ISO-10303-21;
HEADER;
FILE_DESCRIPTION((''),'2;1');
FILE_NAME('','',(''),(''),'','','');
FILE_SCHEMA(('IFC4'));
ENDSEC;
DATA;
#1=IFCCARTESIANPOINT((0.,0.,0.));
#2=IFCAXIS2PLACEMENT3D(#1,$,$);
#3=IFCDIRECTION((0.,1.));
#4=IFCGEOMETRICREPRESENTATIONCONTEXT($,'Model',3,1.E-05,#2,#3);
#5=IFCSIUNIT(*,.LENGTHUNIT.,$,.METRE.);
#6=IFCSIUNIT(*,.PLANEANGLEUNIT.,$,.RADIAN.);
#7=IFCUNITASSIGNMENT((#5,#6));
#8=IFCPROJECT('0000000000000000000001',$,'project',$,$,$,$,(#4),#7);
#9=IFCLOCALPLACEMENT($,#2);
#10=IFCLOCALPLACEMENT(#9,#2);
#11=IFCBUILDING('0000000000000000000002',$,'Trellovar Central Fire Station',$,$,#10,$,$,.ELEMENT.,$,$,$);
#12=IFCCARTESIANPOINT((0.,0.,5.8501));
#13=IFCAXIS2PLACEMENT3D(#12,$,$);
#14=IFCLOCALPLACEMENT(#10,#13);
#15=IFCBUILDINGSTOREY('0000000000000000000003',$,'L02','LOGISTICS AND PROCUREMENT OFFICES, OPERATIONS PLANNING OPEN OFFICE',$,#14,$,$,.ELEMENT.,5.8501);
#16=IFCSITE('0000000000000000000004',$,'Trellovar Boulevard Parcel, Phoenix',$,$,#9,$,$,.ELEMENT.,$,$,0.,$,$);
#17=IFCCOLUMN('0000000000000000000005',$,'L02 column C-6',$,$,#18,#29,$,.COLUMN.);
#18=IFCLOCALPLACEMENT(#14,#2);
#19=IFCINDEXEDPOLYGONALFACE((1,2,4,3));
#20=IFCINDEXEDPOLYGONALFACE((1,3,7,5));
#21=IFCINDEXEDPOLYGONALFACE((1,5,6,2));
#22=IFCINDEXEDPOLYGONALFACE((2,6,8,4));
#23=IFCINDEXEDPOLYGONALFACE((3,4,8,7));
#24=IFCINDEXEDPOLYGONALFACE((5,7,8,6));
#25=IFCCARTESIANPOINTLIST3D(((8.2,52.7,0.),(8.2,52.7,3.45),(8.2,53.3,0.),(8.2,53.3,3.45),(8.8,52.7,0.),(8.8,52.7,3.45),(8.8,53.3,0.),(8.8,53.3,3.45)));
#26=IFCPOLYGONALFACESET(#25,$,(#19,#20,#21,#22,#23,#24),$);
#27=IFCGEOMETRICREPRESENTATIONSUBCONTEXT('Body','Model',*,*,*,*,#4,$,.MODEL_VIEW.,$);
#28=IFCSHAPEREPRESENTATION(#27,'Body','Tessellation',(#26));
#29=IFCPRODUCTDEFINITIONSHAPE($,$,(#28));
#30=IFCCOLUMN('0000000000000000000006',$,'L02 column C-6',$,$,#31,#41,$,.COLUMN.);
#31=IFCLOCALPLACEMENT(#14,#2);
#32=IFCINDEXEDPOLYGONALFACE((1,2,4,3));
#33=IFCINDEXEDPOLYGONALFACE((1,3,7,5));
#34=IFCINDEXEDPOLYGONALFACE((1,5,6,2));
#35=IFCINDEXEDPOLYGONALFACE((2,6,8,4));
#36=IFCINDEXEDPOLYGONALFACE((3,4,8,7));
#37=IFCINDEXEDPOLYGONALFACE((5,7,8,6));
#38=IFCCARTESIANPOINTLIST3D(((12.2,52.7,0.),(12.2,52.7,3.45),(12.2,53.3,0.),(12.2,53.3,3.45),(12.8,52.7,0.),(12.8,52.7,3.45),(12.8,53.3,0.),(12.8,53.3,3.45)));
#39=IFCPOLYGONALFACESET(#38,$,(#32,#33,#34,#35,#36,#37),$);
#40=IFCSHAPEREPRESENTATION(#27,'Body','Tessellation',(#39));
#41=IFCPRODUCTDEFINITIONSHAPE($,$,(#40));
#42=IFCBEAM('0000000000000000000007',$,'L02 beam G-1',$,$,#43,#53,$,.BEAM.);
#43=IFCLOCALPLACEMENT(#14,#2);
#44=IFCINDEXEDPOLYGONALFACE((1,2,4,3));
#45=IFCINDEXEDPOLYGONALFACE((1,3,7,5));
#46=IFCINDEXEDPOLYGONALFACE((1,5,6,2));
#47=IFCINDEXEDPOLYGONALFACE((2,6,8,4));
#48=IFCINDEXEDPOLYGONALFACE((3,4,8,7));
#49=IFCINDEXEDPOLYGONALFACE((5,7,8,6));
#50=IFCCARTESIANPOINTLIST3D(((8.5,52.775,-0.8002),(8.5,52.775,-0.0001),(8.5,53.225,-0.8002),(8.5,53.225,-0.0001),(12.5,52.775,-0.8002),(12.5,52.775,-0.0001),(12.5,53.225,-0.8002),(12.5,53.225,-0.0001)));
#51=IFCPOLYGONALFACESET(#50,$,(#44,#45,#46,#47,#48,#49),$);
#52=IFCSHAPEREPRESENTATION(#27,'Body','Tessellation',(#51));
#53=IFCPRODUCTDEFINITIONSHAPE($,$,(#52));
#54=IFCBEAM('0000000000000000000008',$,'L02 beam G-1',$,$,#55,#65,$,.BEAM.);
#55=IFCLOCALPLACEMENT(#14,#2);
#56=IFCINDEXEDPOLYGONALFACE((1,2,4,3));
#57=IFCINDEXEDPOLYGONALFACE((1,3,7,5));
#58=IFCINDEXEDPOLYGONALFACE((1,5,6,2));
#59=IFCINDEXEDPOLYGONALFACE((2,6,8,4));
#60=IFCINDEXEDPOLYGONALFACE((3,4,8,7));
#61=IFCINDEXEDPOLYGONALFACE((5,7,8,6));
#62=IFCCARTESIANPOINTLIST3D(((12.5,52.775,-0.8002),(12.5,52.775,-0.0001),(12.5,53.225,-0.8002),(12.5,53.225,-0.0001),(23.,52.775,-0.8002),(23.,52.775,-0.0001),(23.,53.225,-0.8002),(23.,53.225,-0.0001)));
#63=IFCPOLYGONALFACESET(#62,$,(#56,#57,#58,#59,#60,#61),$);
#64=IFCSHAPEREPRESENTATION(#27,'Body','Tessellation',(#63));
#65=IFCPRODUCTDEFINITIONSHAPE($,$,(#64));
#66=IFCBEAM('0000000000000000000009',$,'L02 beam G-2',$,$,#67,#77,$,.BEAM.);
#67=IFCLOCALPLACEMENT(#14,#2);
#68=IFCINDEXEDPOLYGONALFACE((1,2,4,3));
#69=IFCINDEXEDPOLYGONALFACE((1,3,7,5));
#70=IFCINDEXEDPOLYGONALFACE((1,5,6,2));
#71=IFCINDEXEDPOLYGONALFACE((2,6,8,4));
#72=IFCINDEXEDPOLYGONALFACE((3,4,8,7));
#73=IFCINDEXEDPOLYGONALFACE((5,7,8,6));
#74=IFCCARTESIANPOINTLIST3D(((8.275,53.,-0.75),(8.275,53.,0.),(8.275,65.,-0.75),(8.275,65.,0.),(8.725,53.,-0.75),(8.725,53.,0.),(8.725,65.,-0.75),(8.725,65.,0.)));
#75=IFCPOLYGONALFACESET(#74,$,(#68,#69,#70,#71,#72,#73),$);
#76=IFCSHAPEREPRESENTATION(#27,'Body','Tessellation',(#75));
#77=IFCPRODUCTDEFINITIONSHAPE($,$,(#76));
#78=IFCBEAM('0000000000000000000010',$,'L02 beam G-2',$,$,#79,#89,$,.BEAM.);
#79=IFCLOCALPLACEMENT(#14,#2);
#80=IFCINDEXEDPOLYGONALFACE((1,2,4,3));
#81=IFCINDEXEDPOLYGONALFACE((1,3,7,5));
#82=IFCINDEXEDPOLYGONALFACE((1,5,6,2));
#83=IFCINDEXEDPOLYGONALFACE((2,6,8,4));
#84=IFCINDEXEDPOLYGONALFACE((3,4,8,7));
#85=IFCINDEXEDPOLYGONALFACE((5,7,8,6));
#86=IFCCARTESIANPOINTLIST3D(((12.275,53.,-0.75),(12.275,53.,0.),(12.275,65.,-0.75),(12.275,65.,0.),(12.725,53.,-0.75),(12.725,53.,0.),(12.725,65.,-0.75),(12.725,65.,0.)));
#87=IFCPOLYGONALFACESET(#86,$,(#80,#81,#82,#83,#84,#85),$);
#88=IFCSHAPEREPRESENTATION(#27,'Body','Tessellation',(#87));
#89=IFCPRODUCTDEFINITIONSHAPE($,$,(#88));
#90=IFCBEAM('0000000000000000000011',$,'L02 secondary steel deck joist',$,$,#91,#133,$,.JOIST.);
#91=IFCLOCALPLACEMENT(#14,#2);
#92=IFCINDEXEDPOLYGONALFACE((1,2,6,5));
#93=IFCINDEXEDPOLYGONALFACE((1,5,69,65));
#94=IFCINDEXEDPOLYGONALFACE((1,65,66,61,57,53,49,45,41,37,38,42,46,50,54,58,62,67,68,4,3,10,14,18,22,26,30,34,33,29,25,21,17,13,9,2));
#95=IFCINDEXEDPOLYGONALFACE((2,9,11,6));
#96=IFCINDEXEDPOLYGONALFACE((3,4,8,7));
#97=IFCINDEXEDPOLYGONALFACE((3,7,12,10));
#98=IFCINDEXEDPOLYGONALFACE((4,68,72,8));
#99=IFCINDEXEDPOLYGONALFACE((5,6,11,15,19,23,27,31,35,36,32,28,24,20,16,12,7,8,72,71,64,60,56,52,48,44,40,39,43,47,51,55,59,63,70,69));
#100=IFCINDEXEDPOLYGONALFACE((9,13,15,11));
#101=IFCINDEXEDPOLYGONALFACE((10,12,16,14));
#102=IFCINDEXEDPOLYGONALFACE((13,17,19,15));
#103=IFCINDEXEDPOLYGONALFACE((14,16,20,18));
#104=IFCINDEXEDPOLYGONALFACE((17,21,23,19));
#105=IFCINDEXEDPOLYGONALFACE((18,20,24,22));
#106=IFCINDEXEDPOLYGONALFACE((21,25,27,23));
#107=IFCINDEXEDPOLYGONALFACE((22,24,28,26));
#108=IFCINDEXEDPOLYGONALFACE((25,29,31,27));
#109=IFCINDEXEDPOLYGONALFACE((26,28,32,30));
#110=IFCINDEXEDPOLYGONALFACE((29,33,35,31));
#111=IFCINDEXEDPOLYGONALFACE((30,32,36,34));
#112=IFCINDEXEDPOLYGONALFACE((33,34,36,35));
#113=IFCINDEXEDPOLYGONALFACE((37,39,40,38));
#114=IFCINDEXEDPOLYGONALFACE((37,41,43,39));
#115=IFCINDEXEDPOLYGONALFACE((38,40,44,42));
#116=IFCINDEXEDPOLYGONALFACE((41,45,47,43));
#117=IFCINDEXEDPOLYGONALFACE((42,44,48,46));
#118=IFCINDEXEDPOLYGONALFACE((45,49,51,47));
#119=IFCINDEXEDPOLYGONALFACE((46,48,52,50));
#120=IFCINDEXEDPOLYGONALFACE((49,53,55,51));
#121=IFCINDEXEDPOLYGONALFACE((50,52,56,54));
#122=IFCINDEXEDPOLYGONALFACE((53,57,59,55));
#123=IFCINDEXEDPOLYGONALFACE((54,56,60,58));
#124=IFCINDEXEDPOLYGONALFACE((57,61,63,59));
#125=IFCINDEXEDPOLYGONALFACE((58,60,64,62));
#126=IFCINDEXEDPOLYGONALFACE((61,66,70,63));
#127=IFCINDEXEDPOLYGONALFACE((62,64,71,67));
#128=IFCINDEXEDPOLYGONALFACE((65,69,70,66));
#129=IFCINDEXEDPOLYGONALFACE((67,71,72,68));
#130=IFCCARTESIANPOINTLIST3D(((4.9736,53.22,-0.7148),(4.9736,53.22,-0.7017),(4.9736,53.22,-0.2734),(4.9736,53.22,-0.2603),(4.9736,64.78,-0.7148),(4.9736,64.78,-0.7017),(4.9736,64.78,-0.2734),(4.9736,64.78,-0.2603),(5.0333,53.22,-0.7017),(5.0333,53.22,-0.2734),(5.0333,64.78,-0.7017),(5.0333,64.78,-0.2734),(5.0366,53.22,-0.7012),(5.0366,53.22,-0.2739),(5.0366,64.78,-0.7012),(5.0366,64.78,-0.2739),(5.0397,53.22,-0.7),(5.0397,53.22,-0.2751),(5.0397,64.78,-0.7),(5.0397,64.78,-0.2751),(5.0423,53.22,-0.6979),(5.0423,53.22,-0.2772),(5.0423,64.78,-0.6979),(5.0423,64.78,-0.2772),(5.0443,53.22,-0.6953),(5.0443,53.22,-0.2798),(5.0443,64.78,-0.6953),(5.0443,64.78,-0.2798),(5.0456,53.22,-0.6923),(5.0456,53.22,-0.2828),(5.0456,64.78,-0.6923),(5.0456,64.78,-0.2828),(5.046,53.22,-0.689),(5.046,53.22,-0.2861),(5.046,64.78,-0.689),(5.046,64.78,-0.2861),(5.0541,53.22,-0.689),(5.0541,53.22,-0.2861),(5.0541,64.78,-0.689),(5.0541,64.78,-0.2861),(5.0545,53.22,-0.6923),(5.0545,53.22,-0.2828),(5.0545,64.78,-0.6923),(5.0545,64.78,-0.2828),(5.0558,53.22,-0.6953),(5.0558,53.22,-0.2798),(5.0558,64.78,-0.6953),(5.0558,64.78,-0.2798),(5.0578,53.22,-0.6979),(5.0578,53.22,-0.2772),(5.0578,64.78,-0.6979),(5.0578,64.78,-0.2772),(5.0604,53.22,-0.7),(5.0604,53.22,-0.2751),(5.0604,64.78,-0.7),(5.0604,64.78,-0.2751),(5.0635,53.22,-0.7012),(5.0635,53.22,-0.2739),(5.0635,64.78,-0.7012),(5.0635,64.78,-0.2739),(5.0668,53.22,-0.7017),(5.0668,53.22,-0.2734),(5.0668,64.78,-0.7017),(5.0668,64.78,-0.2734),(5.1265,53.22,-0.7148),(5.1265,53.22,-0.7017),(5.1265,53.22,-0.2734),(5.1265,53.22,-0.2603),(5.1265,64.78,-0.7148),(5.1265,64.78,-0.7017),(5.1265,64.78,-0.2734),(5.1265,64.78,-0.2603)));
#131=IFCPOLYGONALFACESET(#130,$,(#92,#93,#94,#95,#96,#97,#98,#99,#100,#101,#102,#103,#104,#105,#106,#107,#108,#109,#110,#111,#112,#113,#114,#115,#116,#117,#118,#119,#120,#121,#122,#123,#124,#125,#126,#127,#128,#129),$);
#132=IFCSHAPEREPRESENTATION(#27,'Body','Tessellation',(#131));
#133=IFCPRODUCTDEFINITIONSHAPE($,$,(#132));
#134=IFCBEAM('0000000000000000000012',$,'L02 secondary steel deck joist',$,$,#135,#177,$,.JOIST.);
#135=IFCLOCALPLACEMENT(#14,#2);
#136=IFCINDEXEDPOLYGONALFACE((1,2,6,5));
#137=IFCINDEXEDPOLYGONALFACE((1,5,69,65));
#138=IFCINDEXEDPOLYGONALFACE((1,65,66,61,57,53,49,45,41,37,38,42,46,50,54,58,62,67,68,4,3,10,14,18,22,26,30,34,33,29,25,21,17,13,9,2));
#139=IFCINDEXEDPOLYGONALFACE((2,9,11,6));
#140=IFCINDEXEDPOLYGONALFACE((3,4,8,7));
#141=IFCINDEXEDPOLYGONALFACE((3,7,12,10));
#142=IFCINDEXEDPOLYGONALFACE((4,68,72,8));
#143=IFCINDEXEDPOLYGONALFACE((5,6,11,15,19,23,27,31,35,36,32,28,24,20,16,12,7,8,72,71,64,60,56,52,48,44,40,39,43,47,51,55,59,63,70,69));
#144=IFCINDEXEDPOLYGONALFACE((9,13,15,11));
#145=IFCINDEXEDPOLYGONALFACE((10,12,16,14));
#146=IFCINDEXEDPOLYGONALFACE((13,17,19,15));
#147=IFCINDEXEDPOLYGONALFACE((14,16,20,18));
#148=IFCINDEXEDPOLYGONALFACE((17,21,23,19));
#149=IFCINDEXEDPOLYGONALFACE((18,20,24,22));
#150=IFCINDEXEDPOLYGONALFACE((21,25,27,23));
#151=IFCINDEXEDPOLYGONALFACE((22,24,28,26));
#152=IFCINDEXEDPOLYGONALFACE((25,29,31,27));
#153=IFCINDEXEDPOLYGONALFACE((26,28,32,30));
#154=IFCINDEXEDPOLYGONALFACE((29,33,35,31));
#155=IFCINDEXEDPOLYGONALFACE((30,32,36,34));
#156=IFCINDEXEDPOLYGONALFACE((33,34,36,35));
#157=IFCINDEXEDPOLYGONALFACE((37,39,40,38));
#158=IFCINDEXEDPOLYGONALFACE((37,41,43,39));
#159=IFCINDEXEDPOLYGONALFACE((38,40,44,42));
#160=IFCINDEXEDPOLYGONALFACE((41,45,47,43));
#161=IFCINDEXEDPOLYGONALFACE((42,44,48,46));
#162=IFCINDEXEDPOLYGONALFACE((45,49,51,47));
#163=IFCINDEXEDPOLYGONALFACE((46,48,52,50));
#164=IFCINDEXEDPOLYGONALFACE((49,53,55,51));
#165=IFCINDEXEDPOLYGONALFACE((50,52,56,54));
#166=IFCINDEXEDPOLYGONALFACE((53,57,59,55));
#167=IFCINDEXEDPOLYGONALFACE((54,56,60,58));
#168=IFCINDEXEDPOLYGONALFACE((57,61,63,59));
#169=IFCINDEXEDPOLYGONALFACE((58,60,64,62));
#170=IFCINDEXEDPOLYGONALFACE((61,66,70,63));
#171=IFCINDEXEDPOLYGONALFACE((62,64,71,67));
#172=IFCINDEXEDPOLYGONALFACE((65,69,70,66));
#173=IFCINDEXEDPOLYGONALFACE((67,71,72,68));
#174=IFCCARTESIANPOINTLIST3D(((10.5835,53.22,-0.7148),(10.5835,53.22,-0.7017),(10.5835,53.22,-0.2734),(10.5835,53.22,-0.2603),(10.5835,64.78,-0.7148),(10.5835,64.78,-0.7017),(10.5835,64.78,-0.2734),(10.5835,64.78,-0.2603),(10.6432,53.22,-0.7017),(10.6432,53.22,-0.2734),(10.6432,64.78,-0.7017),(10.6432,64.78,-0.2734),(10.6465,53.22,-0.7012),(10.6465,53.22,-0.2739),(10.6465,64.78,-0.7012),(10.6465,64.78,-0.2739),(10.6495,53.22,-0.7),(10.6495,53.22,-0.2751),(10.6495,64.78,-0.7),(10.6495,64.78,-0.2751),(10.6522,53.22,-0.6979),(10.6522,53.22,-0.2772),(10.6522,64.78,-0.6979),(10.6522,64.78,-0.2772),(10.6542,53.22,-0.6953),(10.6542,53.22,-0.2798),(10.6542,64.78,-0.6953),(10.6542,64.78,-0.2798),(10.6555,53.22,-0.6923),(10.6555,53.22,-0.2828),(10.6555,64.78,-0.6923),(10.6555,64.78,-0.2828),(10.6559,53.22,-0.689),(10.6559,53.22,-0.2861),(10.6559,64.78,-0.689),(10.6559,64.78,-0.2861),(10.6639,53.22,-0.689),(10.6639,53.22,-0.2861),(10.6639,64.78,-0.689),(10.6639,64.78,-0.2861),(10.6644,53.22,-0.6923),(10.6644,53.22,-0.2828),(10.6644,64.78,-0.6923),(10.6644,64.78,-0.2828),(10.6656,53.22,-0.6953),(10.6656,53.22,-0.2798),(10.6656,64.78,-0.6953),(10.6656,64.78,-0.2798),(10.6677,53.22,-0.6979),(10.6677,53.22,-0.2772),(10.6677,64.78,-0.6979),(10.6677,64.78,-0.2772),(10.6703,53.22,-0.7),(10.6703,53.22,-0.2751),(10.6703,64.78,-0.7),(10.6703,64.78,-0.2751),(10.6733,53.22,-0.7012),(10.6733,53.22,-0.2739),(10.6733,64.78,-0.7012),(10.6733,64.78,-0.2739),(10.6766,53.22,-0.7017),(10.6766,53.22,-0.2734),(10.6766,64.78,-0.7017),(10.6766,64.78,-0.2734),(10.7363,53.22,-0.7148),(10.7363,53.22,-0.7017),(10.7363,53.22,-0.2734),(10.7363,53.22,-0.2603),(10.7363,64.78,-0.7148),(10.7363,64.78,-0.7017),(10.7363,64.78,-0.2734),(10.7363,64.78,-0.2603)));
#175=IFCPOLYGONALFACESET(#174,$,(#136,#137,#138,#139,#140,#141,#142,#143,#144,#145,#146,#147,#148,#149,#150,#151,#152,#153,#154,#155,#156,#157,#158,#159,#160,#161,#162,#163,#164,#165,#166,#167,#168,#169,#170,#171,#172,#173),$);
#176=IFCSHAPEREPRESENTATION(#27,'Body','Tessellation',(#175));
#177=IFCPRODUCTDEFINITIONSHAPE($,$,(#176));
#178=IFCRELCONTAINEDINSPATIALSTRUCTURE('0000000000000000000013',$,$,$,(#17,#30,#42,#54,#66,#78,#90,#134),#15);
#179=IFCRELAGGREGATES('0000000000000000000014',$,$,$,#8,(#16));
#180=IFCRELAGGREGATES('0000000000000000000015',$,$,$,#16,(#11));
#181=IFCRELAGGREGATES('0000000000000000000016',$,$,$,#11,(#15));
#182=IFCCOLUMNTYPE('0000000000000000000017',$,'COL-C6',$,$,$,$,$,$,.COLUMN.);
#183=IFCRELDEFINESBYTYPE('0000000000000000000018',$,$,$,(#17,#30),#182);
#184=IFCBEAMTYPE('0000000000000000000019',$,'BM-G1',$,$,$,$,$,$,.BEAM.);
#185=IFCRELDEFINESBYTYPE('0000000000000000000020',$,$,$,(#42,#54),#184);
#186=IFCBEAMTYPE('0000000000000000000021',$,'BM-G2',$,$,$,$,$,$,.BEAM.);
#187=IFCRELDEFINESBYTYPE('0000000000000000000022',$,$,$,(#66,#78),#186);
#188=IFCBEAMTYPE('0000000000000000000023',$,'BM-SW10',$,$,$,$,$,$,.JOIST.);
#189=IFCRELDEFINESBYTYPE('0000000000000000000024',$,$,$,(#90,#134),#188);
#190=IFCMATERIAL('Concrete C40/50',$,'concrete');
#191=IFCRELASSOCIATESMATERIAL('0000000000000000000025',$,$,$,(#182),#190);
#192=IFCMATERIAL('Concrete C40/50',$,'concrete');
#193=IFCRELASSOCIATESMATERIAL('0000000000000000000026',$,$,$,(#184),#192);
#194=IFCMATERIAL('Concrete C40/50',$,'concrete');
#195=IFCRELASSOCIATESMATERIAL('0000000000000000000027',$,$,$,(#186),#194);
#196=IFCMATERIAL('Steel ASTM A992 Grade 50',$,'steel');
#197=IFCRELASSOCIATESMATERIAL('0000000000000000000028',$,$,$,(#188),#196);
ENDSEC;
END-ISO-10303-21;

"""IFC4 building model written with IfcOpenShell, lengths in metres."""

from ifc_helpers import new_model, si_unit, direction, frame, origin, origin_2d, place, context, subcontext, project, spatial, rectangle, i_section, extrude, material, material_profile, profile_set, type_object, element, save


model = new_model("IFC4")

# Units and contexts
model_context = context("Model", 3, precision=1e-05, world=origin(), true_north=direction((0.0, 1.0)))
body_context = subcontext(model_context, "Body", "Model", "MODEL_VIEW")
ifc_project = project(units=[si_unit("LENGTHUNIT", "METRE"), si_unit("PLANEANGLEUNIT", "RADIAN")], contexts=[model_context])

# Site, building, storey
site_placement = place(None, origin())
site = spatial("IfcSite", under=ifc_project, at=site_placement, Name="Trellovar Boulevard Parcel, Phoenix", CompositionType="ELEMENT", RefElevation=0.0)
building_placement = place(site_placement, origin())
building = spatial("IfcBuilding", under=site, at=building_placement, Name="Trellovar Central Fire Station", CompositionType="ELEMENT")
storey_placement = place(building_placement, frame((0.0, 0.0, 5.8501)))
storey = spatial("IfcBuildingStorey", under=building, at=storey_placement, Name="L02", Description="LOGISTICS AND PROCUREMENT OFFICES, OPERATIONS PLANNING OPEN OFFICE", CompositionType="ELEMENT", Elevation=5.8501)

# Columns
ifc_material_1 = material(Name="Concrete C40/50", Category="concrete")
ifc_material_profile_1 = material_profile(ifc_material_1, rectangle(XDim=0.6001, YDim=0.6001, at=origin_2d()), Name="RC600X600")
ifc_profile_set_1 = profile_set([ifc_material_profile_1], Name="Concrete C40/50")
column_type = type_object("IfcColumnType", Name="COL-C6", PredefinedType="COLUMN", material=ifc_profile_set_1)
for number, where, z_axis, x_axis, name in (
    (1, (8.5, 53.0, 0.0), (0.0, 0.0, 1.0), (1.0, 0.0, 0.0), "L02 column C-6"),
    (2, (12.5, 53.0, 0.0), (0.0, 0.0, 1.0), (1.0, 0.0, 0.0), "L02 column C-6"),
):
    element("IfcColumn", number, at=place(storey_placement, frame(where, z_axis=z_axis, x_axis=x_axis)), inside=storey, type_object=column_type, Name=name, PredefinedType="COLUMN", context=body_context, shape_type="SweptSolid", body=[
        extrude(rectangle(XDim=0.6001, YDim=0.6001, at=origin_2d()), origin(), (0.0, 0.0, 1.0), 3.45),
    ])

# Beams
ifc_material_2 = material(Name="Concrete C40/50", Category="concrete")
ifc_material_profile_2 = material_profile(ifc_material_2, rectangle(XDim=0.45, YDim=0.8, at=origin_2d()), Name="RC450X800")
ifc_profile_set_2 = profile_set([ifc_material_profile_2], Name="Concrete C40/50")
beam_type_1 = type_object("IfcBeamType", Name="BM-G1", PredefinedType="BEAM", material=ifc_profile_set_2)
beam_1_placement = place(storey_placement, frame((8.5, 53.0, -0.4001), z_axis=(1.0, 0.0, 0.0), x_axis=(0.0, 1.0, 0.0)))
element("IfcBeam", 3, at=beam_1_placement, inside=storey, type_object=beam_type_1, Name="L02 beam G-1", PredefinedType="BEAM", context=body_context, shape_type="SweptSolid", body=[
    extrude(rectangle(XDim=0.45, YDim=0.8, at=origin_2d()), origin(), (0.0, 0.0, 1.0), 4.0),
])
beam_2_placement = place(storey_placement, frame((12.5, 53.0, -0.4001), z_axis=(1.0, 0.0, 0.0), x_axis=(0.0, 1.0, 0.0)))
element("IfcBeam", 4, at=beam_2_placement, inside=storey, type_object=beam_type_1, Name="L02 beam G-1", PredefinedType="BEAM", context=body_context, shape_type="SweptSolid", body=[
    extrude(rectangle(XDim=0.45, YDim=0.8, at=origin_2d()), origin(), (0.0, 0.0, 1.0), 10.5),
])
ifc_material_3 = material(Name="Concrete C40/50", Category="concrete")
ifc_material_profile_3 = material_profile(ifc_material_3, rectangle(XDim=0.45, YDim=0.75, at=origin_2d()), Name="RC450X750")
ifc_profile_set_3 = profile_set([ifc_material_profile_3], Name="Concrete C40/50")
beam_type_2 = type_object("IfcBeamType", Name="BM-G2", PredefinedType="BEAM", material=ifc_profile_set_3)
for number, where, z_axis, x_axis, name in (
    (5, (8.5, 53.0, -0.375), (0.0, 1.0, 0.0), (-1.0, 0.0, 0.0), "L02 beam G-2"),
    (6, (12.5, 53.0, -0.375), (0.0, 1.0, 0.0), (-1.0, 0.0, 0.0), "L02 beam G-2"),
):
    element("IfcBeam", number, at=place(storey_placement, frame(where, z_axis=z_axis, x_axis=x_axis)), inside=storey, type_object=beam_type_2, Name=name, PredefinedType="BEAM", context=body_context, shape_type="SweptSolid", body=[
        extrude(rectangle(XDim=0.45, YDim=0.75, at=origin_2d()), origin(), (0.0, 0.0, 1.0), 12.0),
    ])
ifc_material_4 = material(Name="Steel ASTM A992 Grade 50", Category="steel")
ifc_material_profile_4 = material_profile(ifc_material_4, i_section(OverallWidth=0.1528, OverallDepth=0.4546, WebThickness=0.0081, FlangeThickness=0.0132, FilletRadius=0.0127, at=origin_2d()), Name="W18X40")
ifc_profile_set_4 = profile_set([ifc_material_profile_4], Name="Steel ASTM A992 Grade 50")
beam_type_3 = type_object("IfcBeamType", Name="BM-SW10", PredefinedType="JOIST", material=ifc_profile_set_4)
for number, where, z_axis, x_axis, name in (
    (7, (5.05, 53.22, -0.4875), (0.0, 1.0, 0.0), (-1.0, 0.0, 0.0), "L02 secondary steel deck joist"),
    (8, (10.6599, 53.22, -0.4875), (0.0, 1.0, 0.0), (-1.0, 0.0, 0.0), "L02 secondary steel deck joist"),
):
    element("IfcBeam", number, at=place(storey_placement, frame(where, z_axis=z_axis, x_axis=x_axis)), inside=storey, type_object=beam_type_3, Name=name, PredefinedType="JOIST", context=body_context, shape_type="SweptSolid", body=[
        extrude(i_section(OverallWidth=0.1528, OverallDepth=0.4546, WebThickness=0.0081, FlangeThickness=0.0132, FilletRadius=0.0127, at=origin_2d()), origin(), (0.0, 0.0, 1.0), 11.5601),
    ])

save(model, "model.ifc")
